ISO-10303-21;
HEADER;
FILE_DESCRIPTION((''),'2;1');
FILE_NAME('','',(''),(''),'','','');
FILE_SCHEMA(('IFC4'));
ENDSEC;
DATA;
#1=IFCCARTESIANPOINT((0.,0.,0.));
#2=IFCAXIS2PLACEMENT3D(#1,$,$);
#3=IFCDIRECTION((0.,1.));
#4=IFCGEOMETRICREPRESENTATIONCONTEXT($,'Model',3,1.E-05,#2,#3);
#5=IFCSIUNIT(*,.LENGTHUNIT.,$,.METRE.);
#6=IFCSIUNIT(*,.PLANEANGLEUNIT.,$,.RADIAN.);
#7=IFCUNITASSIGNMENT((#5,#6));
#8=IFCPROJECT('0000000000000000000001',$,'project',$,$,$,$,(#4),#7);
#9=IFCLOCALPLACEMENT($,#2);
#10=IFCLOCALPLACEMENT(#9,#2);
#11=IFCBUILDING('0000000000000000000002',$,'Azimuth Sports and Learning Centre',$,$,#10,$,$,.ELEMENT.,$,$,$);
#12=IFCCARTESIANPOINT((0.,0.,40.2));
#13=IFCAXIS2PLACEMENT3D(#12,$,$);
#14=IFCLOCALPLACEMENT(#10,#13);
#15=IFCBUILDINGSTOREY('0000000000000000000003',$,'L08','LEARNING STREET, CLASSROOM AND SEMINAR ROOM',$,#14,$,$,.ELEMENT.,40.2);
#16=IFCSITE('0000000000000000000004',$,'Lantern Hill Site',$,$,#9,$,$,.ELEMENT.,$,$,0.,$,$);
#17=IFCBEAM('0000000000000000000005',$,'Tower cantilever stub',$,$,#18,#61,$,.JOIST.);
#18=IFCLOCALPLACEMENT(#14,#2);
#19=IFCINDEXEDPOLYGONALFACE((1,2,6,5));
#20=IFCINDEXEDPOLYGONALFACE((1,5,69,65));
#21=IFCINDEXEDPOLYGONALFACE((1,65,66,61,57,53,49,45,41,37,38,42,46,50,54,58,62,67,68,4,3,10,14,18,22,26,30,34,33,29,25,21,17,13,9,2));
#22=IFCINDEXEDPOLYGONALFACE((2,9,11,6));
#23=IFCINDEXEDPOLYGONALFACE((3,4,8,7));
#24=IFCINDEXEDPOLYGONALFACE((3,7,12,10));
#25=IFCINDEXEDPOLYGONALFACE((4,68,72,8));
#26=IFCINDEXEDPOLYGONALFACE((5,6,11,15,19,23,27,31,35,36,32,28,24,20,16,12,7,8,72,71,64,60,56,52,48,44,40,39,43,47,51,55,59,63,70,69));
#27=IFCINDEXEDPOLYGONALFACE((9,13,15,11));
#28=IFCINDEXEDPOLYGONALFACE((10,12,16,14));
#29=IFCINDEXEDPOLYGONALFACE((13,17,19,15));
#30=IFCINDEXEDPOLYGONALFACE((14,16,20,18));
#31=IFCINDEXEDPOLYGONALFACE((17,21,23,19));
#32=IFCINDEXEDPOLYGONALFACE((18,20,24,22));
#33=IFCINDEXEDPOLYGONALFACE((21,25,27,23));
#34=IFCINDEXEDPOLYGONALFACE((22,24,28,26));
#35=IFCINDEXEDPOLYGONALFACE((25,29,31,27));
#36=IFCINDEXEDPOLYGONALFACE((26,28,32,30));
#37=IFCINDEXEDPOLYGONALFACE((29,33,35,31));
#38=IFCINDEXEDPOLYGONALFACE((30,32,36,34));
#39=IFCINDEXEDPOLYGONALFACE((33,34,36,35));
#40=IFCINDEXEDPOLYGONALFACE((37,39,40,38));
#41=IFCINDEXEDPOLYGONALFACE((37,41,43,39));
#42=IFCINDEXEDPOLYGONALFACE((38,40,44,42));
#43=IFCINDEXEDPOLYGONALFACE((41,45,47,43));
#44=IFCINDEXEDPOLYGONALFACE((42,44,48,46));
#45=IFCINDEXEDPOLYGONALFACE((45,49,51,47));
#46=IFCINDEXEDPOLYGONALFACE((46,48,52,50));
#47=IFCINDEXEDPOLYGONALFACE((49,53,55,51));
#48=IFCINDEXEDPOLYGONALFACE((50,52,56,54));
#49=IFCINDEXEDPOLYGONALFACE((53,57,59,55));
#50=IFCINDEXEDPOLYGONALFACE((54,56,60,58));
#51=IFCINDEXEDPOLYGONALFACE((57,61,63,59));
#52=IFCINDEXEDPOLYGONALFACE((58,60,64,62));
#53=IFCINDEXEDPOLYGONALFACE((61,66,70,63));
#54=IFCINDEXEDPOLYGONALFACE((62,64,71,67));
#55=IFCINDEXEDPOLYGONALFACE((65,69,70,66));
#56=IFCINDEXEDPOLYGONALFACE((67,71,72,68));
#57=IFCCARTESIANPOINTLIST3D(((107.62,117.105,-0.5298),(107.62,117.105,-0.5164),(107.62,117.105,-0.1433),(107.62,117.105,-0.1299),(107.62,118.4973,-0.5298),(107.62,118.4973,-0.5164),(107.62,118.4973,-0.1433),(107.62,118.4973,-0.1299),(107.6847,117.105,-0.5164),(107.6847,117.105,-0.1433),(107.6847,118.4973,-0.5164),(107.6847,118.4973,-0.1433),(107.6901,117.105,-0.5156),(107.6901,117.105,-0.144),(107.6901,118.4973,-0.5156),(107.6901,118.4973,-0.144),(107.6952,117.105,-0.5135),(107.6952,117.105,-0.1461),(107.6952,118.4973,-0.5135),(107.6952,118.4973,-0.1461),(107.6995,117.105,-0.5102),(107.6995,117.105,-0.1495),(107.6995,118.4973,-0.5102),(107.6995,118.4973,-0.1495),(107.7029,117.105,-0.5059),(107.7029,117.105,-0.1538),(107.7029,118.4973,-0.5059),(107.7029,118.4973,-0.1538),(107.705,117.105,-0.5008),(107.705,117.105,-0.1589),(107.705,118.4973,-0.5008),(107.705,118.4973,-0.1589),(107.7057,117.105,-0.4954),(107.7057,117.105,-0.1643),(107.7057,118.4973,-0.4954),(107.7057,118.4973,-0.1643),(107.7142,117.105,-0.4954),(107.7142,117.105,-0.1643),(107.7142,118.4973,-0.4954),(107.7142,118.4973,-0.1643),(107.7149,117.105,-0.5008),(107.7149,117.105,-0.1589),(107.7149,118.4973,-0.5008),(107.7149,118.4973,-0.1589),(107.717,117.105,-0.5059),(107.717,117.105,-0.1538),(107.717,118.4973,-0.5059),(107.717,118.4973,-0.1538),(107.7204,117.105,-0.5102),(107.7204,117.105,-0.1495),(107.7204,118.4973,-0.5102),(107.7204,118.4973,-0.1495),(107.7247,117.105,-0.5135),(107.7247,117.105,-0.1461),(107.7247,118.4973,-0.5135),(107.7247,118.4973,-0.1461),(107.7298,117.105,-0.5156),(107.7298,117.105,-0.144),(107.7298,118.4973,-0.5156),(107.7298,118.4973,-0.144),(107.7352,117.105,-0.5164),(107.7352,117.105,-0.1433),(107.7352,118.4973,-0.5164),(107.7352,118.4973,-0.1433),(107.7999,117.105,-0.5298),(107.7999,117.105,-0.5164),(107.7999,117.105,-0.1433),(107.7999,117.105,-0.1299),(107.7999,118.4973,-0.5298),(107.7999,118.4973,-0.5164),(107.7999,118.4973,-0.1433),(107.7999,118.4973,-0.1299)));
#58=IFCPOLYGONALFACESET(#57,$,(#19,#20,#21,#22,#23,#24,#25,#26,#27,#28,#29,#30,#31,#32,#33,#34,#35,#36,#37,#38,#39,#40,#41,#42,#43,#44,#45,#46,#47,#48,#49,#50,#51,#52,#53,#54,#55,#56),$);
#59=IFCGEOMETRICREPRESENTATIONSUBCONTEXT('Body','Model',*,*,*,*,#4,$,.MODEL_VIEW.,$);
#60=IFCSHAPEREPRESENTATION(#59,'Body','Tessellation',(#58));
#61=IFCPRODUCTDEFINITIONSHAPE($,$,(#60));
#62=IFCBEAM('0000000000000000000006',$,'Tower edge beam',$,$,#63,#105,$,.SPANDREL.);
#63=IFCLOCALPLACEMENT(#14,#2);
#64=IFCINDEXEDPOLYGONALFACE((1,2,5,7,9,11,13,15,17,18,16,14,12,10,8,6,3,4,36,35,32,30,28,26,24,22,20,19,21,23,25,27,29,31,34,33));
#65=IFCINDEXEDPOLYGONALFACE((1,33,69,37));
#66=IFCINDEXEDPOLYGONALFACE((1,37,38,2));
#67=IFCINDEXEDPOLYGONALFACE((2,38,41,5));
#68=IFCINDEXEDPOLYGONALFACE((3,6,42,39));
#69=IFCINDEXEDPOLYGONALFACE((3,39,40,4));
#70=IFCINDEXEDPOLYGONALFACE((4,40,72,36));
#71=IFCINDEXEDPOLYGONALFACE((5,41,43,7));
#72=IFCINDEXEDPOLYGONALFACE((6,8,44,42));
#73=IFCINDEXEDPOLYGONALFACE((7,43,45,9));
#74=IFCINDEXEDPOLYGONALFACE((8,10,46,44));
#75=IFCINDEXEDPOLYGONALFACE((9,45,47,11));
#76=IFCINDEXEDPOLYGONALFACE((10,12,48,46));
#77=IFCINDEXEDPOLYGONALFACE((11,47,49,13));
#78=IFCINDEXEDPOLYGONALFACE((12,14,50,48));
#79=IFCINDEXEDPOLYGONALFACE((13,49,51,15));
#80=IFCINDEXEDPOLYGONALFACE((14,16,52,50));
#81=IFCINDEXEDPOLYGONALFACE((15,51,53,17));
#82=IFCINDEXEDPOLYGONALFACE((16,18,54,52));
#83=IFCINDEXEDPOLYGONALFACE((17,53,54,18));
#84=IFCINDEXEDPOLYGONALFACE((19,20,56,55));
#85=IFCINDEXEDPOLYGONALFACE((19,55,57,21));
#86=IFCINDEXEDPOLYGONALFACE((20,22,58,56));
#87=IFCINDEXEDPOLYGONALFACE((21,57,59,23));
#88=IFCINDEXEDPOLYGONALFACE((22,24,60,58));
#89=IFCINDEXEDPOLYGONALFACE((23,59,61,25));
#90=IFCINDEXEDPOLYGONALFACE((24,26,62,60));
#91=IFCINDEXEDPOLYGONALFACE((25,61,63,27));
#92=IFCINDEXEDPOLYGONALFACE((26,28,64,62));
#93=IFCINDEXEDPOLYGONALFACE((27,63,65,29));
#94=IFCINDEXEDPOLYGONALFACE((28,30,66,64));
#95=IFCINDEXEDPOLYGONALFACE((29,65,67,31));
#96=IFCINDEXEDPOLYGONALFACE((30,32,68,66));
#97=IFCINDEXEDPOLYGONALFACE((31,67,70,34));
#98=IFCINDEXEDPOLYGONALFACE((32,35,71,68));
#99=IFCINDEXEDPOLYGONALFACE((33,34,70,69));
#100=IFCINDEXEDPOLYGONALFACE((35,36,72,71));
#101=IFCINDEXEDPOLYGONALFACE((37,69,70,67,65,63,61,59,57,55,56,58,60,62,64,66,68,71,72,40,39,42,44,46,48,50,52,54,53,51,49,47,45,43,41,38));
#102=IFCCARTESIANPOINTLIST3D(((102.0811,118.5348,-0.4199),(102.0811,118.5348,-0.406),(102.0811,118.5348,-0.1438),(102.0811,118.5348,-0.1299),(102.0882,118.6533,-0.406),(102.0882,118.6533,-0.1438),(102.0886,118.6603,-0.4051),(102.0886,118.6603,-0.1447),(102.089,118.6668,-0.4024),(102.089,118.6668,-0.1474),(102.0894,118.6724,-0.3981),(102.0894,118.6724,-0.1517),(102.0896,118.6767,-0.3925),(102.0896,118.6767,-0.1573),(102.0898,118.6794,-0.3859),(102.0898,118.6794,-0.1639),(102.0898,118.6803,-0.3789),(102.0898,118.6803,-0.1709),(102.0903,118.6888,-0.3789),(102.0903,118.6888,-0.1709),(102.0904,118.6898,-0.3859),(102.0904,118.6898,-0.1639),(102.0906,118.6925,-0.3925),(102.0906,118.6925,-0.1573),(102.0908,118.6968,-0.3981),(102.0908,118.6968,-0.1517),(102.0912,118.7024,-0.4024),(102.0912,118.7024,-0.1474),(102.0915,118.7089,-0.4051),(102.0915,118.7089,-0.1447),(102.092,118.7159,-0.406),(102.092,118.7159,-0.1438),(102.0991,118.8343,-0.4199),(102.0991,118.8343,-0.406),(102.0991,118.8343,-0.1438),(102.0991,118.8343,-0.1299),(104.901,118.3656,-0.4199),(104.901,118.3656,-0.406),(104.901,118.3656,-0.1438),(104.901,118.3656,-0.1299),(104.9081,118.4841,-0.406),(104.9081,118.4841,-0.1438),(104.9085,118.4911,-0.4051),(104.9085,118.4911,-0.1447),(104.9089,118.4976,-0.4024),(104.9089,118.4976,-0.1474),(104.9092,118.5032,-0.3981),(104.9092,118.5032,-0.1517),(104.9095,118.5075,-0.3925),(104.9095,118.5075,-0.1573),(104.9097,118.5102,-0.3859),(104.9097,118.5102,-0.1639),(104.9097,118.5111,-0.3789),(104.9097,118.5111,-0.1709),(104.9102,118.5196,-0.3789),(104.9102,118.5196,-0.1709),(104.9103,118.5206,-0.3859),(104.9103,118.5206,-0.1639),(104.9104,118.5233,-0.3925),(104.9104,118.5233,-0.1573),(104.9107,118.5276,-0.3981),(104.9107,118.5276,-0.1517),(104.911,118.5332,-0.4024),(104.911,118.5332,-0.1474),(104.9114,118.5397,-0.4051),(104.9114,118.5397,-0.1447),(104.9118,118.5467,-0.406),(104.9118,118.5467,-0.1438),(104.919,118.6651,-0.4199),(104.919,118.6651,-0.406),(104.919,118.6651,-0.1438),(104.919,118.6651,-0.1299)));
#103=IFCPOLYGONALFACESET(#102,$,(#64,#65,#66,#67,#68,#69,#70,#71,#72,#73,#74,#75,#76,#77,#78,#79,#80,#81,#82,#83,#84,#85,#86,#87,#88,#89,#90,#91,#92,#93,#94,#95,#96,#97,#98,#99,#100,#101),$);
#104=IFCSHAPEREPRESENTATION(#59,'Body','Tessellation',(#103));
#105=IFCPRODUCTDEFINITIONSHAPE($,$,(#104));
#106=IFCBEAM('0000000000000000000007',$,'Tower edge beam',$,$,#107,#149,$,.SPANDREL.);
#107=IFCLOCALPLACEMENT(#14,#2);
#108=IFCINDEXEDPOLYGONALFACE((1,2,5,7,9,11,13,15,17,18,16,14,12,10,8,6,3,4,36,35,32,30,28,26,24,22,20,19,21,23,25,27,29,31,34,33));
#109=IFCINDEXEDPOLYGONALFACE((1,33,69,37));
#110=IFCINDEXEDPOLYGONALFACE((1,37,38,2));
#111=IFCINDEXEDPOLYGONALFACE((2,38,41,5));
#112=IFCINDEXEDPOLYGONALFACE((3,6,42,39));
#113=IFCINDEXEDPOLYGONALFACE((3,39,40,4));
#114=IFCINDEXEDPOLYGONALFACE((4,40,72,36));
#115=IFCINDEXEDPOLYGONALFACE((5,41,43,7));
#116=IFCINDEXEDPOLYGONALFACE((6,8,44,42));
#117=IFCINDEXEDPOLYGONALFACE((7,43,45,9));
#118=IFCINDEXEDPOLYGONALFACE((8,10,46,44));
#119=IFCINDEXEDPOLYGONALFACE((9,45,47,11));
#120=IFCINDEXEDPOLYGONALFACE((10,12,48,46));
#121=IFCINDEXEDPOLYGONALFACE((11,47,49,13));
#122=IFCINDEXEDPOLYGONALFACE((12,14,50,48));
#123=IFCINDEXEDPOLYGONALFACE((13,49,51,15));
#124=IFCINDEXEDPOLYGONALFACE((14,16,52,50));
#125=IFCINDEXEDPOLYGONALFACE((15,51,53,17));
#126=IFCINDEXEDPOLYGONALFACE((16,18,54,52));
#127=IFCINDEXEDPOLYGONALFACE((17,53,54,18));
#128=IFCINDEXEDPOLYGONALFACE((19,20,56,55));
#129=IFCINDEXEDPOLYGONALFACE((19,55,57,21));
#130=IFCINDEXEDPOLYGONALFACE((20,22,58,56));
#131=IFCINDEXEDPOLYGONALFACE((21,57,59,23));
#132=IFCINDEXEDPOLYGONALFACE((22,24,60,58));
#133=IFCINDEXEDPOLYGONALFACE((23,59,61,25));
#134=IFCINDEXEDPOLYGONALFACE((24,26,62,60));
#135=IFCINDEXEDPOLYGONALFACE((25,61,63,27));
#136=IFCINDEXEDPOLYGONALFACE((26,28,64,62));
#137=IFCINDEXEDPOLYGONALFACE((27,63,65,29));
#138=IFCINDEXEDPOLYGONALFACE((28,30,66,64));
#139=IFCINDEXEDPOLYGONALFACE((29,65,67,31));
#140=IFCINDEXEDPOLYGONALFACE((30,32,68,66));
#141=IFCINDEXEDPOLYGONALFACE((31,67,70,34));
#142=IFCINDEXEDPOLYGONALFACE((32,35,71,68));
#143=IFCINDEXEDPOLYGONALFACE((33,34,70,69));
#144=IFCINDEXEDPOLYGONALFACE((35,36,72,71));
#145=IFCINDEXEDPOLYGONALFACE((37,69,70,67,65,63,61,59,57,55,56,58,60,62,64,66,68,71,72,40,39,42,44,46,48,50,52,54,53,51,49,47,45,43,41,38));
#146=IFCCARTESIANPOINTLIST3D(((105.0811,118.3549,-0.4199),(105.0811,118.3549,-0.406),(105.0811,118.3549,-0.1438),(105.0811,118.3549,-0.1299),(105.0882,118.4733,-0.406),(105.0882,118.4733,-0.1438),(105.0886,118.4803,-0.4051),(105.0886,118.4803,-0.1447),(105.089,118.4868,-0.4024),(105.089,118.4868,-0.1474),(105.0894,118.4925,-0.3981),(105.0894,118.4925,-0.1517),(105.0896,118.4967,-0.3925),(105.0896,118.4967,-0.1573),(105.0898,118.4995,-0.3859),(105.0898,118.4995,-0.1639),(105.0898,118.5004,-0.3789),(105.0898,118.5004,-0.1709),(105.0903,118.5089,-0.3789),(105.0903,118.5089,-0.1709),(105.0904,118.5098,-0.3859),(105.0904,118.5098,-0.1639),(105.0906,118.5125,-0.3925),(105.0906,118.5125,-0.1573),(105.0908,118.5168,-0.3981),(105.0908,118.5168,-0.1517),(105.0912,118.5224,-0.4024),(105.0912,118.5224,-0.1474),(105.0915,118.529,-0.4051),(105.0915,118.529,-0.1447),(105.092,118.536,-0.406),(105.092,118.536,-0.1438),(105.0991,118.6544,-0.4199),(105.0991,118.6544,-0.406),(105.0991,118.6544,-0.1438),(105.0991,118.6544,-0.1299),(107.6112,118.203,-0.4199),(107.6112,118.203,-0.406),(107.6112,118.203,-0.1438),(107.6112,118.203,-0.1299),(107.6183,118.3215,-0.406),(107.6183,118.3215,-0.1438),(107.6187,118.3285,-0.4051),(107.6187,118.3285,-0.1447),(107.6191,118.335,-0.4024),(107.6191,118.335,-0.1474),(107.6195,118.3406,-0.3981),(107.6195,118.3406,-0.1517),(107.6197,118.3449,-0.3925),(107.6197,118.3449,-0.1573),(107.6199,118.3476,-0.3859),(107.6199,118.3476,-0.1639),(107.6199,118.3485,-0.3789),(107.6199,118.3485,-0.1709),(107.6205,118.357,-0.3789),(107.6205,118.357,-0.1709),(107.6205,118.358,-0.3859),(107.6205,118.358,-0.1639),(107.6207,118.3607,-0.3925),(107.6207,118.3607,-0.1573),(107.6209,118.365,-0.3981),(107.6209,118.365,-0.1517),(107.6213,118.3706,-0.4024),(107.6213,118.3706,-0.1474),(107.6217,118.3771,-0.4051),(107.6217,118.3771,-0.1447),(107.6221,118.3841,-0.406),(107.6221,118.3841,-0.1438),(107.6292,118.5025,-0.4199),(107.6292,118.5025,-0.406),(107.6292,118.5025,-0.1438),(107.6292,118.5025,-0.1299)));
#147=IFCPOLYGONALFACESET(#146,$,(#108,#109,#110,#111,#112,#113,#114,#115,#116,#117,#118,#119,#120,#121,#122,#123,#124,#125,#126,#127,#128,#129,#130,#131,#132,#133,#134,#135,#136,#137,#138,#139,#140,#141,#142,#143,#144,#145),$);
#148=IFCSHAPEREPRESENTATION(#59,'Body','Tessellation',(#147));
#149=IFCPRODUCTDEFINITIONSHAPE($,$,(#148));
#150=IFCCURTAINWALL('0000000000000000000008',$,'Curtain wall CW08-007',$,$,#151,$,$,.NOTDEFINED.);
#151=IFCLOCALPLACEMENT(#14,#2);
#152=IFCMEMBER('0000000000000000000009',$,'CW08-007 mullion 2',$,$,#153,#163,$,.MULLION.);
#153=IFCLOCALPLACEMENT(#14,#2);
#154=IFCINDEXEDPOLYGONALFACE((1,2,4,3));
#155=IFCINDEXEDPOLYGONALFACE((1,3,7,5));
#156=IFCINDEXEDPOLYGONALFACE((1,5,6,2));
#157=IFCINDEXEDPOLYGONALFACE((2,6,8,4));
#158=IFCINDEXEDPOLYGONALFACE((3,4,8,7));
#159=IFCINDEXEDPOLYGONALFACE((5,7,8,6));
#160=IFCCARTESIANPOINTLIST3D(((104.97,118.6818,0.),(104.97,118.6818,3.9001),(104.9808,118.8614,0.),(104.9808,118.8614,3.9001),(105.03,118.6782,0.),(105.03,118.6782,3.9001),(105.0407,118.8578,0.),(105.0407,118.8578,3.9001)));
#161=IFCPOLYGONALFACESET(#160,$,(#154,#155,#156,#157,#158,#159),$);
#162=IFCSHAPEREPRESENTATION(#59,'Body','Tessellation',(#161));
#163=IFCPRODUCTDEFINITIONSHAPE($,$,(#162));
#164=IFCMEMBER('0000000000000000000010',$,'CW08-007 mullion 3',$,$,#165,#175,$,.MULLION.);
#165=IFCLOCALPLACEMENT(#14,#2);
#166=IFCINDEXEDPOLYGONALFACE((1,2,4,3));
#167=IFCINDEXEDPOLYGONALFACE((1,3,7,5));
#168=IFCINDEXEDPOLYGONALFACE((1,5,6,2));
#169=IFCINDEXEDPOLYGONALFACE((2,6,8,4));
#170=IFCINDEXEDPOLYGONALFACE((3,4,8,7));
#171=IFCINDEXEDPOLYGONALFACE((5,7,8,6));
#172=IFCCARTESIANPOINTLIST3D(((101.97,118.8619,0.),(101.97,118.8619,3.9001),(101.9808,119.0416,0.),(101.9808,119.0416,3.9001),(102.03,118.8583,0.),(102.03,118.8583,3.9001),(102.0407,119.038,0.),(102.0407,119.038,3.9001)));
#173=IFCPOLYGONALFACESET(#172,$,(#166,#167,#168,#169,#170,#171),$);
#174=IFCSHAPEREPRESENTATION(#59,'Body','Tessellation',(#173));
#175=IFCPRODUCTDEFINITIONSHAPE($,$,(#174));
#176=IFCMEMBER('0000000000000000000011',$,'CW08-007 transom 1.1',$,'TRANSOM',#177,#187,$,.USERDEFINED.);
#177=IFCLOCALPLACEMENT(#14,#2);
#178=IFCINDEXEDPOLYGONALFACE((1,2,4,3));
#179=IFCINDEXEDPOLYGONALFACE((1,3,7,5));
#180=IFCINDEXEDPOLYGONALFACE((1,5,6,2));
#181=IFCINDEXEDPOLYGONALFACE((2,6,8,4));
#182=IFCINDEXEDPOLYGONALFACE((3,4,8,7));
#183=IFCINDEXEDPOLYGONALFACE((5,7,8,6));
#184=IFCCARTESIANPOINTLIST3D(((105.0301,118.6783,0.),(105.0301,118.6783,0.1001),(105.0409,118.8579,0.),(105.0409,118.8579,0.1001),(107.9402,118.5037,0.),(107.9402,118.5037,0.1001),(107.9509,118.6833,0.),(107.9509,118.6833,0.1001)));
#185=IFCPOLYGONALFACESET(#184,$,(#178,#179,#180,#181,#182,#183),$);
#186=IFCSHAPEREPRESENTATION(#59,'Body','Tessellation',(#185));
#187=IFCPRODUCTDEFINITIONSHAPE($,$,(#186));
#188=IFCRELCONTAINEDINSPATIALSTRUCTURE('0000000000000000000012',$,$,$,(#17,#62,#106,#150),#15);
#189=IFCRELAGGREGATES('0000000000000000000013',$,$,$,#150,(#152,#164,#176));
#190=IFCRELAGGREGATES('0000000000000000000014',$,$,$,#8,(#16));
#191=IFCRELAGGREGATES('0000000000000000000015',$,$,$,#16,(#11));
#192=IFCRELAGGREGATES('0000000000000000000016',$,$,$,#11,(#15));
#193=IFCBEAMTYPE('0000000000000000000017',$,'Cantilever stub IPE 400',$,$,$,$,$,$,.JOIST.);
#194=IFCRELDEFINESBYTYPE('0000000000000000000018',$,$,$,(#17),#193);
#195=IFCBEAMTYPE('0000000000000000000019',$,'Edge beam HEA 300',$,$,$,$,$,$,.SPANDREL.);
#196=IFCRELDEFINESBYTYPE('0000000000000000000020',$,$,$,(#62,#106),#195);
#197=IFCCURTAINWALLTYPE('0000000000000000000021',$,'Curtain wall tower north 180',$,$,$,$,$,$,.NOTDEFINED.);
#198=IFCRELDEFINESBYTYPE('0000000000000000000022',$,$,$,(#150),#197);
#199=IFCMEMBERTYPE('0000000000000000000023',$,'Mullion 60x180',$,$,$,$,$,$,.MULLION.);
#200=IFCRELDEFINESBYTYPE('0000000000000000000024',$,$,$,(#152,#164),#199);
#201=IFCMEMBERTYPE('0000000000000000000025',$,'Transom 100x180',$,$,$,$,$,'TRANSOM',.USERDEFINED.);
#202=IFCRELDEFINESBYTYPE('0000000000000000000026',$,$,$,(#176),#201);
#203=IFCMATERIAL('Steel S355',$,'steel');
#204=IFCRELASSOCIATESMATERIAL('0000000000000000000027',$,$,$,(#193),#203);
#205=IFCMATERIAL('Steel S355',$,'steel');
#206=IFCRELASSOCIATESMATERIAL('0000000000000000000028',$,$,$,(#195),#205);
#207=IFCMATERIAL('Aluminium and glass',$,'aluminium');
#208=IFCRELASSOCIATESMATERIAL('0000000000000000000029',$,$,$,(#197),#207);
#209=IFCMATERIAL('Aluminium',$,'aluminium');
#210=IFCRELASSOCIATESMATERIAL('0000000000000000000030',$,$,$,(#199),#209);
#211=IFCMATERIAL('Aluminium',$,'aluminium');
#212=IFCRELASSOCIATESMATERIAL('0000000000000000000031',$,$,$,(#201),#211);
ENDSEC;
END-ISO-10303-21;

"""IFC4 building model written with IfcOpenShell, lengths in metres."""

from ifc_helpers import new_model, si_unit, direction, frame, origin, origin_2d, place, context, subcontext, project, spatial, rectangle, i_section, extrude, material, material_profile, profile_set, type_object, element, aggregate, save


model = new_model("IFC4")

# Units and contexts
model_context = context("Model", 3, precision=1e-05, world=origin(), true_north=direction((0.0, 1.0)))
body_context = subcontext(model_context, "Body", "Model", "MODEL_VIEW")
ifc_project = project(units=[si_unit("LENGTHUNIT", "METRE"), si_unit("PLANEANGLEUNIT", "RADIAN")], contexts=[model_context])

# Site, building, storey
site_placement = place(None, origin())
site = spatial("IfcSite", under=ifc_project, at=site_placement, Name="Lantern Hill Site", CompositionType="ELEMENT", RefElevation=0.0)
building_placement = place(site_placement, origin())
building = spatial("IfcBuilding", under=site, at=building_placement, Name="Azimuth Sports and Learning Centre", CompositionType="ELEMENT")
storey_placement = place(building_placement, frame((0.0, 0.0, 40.2)))
storey = spatial("IfcBuildingStorey", under=building, at=storey_placement, Name="L08", Description="LEARNING STREET, CLASSROOM AND SEMINAR ROOM", CompositionType="ELEMENT", Elevation=40.2)

# Beams
ifc_material_1 = material(Name="Steel S355", Category="steel")
ifc_material_profile_1 = material_profile(ifc_material_1, i_section(OverallWidth=0.1799, OverallDepth=0.3999, WebThickness=0.0085, FlangeThickness=0.0134, FilletRadius=0.021, at=origin_2d()), Name="IPE 400")
ifc_profile_set_1 = profile_set([ifc_material_profile_1], Name="Steel S355")
beam_type_1 = type_object("IfcBeamType", Name="Cantilever stub IPE 400", PredefinedType="JOIST", material=ifc_profile_set_1)
beam_1_placement = place(storey_placement, frame((107.71, 117.105, -0.3298), z_axis=(0.0, 1.0, 0.0), x_axis=(-1.0, 0.0, 0.0)))
element("IfcBeam", 1, at=beam_1_placement, inside=storey, type_object=beam_type_1, Name="Tower cantilever stub", PredefinedType="JOIST", context=body_context, shape_type="SweptSolid", body=[
    extrude(i_section(OverallWidth=0.1799, OverallDepth=0.3999, WebThickness=0.0085, FlangeThickness=0.0134, FilletRadius=0.021, at=origin_2d()), origin(), (0.0, 0.0, 1.0), 1.3923),
])
ifc_material_2 = material(Name="Steel S355", Category="steel")
ifc_material_profile_2 = material_profile(ifc_material_2, i_section(OverallWidth=0.3, OverallDepth=0.29, WebThickness=0.0085, FlangeThickness=0.0139, FilletRadius=0.0271, at=origin_2d()), Name="HEA 300")
ifc_profile_set_2 = profile_set([ifc_material_profile_2], Name="Steel S355")
beam_type_2 = type_object("IfcBeamType", Name="Edge beam HEA 300", PredefinedType="SPANDREL", material=ifc_profile_set_2)
beam_2_placement = place(storey_placement, frame((102.0901, 118.6846, -0.2749), z_axis=(0.998205, -0.059892, 0.0), x_axis=(0.059892, 0.998205, 0.0)))
element("IfcBeam", 2, at=beam_2_placement, inside=storey, type_object=beam_type_2, Name="Tower edge beam", PredefinedType="SPANDREL", context=body_context, shape_type="SweptSolid", body=[
    extrude(i_section(OverallWidth=0.3, OverallDepth=0.29, WebThickness=0.0085, FlangeThickness=0.0139, FilletRadius=0.0271, at=origin_2d()), origin(), (0.0, 0.0, 1.0), 2.825),
])
beam_3_placement = place(storey_placement, frame((105.0901, 118.5046, -0.2749), z_axis=(0.998204, -0.059913, 0.0), x_axis=(0.059913, 0.998204, 0.0)))
element("IfcBeam", 3, at=beam_3_placement, inside=storey, type_object=beam_type_2, Name="Tower edge beam", PredefinedType="SPANDREL", context=body_context, shape_type="SweptSolid", body=[
    extrude(i_section(OverallWidth=0.3, OverallDepth=0.29, WebThickness=0.0085, FlangeThickness=0.0139, FilletRadius=0.0271, at=origin_2d()), origin(), (0.0, 0.0, 1.0), 2.5347),
])

# Curtain wall, members
ifc_material_3 = material(Name="Aluminium and glass", Category="aluminium")
curtain_wall_type = type_object("IfcCurtainWallType", Name="Curtain wall tower north 180", PredefinedType="NOTDEFINED", material=ifc_material_3)
curtain_wall_placement = place(storey_placement, origin())
curtain_wall = element("IfcCurtainWall", 4, at=curtain_wall_placement, inside=storey, type_object=curtain_wall_type, Name="Curtain wall CW08-007", PredefinedType="NOTDEFINED")
ifc_material_4 = material(Name="Aluminium", Category="aluminium")
ifc_material_profile_3 = material_profile(ifc_material_4, rectangle(XDim=0.1799, YDim=0.0601, at=origin_2d()), Name="Mullion 60x180")
ifc_profile_set_3 = profile_set([ifc_material_profile_3], Name="Aluminium")
member_type_1 = type_object("IfcMemberType", Name="Mullion 60x180", PredefinedType="MULLION", material=ifc_profile_set_3)
member_1_placement = place(storey_placement, frame((105.0054, 118.7698, 0.0), z_axis=(0.0, 0.0, 1.0), x_axis=(-0.059892, -0.998205, 0.0)))
member_1 = element("IfcMember", 5, at=member_1_placement, type_object=member_type_1, Name="CW08-007 mullion 2", PredefinedType="MULLION", context=body_context, shape_type="SweptSolid", body=[
    extrude(rectangle(XDim=0.1799, YDim=0.0601, at=origin_2d()), origin(), (0.0, 0.0, 1.0), 3.9001),
])
member_2_placement = place(storey_placement, frame((102.0054, 118.95, 0.0), z_axis=(0.0, 0.0, 1.0), x_axis=(-0.059892, -0.998205, 0.0)))
member_2 = element("IfcMember", 6, at=member_2_placement, type_object=member_type_1, Name="CW08-007 mullion 3", PredefinedType="MULLION", context=body_context, shape_type="SweptSolid", body=[
    extrude(rectangle(XDim=0.1799, YDim=0.0601, at=origin_2d()), origin(), (0.0, 0.0, 1.0), 3.9001),
])
ifc_material_5 = material(Name="Aluminium", Category="aluminium")
ifc_material_profile_4 = material_profile(ifc_material_5, rectangle(XDim=0.1799, YDim=0.1001, at=origin_2d()), Name="Transom 100x180")
ifc_profile_set_4 = profile_set([ifc_material_profile_4], Name="Aluminium")
member_type_2 = type_object("IfcMemberType", Name="Transom 100x180", ElementType="TRANSOM", PredefinedType="USERDEFINED", material=ifc_profile_set_4)
member_3_placement = place(storey_placement, frame((107.9456, 118.5935, 0.05), z_axis=(-0.998206, 0.059876, 0.0), x_axis=(-0.059876, -0.998206, 0.0)))
member_3 = element("IfcMember", 7, at=member_3_placement, type_object=member_type_2, Name="CW08-007 transom 1.1", ObjectType="TRANSOM", PredefinedType="USERDEFINED", context=body_context, shape_type="SweptSolid", body=[
    extrude(rectangle(XDim=0.1799, YDim=0.1001, at=origin_2d()), origin(), (0.0, 0.0, 1.0), 2.9153),
])
aggregate(curtain_wall, [member_1, member_2, member_3])

save(model, "model.ifc")
